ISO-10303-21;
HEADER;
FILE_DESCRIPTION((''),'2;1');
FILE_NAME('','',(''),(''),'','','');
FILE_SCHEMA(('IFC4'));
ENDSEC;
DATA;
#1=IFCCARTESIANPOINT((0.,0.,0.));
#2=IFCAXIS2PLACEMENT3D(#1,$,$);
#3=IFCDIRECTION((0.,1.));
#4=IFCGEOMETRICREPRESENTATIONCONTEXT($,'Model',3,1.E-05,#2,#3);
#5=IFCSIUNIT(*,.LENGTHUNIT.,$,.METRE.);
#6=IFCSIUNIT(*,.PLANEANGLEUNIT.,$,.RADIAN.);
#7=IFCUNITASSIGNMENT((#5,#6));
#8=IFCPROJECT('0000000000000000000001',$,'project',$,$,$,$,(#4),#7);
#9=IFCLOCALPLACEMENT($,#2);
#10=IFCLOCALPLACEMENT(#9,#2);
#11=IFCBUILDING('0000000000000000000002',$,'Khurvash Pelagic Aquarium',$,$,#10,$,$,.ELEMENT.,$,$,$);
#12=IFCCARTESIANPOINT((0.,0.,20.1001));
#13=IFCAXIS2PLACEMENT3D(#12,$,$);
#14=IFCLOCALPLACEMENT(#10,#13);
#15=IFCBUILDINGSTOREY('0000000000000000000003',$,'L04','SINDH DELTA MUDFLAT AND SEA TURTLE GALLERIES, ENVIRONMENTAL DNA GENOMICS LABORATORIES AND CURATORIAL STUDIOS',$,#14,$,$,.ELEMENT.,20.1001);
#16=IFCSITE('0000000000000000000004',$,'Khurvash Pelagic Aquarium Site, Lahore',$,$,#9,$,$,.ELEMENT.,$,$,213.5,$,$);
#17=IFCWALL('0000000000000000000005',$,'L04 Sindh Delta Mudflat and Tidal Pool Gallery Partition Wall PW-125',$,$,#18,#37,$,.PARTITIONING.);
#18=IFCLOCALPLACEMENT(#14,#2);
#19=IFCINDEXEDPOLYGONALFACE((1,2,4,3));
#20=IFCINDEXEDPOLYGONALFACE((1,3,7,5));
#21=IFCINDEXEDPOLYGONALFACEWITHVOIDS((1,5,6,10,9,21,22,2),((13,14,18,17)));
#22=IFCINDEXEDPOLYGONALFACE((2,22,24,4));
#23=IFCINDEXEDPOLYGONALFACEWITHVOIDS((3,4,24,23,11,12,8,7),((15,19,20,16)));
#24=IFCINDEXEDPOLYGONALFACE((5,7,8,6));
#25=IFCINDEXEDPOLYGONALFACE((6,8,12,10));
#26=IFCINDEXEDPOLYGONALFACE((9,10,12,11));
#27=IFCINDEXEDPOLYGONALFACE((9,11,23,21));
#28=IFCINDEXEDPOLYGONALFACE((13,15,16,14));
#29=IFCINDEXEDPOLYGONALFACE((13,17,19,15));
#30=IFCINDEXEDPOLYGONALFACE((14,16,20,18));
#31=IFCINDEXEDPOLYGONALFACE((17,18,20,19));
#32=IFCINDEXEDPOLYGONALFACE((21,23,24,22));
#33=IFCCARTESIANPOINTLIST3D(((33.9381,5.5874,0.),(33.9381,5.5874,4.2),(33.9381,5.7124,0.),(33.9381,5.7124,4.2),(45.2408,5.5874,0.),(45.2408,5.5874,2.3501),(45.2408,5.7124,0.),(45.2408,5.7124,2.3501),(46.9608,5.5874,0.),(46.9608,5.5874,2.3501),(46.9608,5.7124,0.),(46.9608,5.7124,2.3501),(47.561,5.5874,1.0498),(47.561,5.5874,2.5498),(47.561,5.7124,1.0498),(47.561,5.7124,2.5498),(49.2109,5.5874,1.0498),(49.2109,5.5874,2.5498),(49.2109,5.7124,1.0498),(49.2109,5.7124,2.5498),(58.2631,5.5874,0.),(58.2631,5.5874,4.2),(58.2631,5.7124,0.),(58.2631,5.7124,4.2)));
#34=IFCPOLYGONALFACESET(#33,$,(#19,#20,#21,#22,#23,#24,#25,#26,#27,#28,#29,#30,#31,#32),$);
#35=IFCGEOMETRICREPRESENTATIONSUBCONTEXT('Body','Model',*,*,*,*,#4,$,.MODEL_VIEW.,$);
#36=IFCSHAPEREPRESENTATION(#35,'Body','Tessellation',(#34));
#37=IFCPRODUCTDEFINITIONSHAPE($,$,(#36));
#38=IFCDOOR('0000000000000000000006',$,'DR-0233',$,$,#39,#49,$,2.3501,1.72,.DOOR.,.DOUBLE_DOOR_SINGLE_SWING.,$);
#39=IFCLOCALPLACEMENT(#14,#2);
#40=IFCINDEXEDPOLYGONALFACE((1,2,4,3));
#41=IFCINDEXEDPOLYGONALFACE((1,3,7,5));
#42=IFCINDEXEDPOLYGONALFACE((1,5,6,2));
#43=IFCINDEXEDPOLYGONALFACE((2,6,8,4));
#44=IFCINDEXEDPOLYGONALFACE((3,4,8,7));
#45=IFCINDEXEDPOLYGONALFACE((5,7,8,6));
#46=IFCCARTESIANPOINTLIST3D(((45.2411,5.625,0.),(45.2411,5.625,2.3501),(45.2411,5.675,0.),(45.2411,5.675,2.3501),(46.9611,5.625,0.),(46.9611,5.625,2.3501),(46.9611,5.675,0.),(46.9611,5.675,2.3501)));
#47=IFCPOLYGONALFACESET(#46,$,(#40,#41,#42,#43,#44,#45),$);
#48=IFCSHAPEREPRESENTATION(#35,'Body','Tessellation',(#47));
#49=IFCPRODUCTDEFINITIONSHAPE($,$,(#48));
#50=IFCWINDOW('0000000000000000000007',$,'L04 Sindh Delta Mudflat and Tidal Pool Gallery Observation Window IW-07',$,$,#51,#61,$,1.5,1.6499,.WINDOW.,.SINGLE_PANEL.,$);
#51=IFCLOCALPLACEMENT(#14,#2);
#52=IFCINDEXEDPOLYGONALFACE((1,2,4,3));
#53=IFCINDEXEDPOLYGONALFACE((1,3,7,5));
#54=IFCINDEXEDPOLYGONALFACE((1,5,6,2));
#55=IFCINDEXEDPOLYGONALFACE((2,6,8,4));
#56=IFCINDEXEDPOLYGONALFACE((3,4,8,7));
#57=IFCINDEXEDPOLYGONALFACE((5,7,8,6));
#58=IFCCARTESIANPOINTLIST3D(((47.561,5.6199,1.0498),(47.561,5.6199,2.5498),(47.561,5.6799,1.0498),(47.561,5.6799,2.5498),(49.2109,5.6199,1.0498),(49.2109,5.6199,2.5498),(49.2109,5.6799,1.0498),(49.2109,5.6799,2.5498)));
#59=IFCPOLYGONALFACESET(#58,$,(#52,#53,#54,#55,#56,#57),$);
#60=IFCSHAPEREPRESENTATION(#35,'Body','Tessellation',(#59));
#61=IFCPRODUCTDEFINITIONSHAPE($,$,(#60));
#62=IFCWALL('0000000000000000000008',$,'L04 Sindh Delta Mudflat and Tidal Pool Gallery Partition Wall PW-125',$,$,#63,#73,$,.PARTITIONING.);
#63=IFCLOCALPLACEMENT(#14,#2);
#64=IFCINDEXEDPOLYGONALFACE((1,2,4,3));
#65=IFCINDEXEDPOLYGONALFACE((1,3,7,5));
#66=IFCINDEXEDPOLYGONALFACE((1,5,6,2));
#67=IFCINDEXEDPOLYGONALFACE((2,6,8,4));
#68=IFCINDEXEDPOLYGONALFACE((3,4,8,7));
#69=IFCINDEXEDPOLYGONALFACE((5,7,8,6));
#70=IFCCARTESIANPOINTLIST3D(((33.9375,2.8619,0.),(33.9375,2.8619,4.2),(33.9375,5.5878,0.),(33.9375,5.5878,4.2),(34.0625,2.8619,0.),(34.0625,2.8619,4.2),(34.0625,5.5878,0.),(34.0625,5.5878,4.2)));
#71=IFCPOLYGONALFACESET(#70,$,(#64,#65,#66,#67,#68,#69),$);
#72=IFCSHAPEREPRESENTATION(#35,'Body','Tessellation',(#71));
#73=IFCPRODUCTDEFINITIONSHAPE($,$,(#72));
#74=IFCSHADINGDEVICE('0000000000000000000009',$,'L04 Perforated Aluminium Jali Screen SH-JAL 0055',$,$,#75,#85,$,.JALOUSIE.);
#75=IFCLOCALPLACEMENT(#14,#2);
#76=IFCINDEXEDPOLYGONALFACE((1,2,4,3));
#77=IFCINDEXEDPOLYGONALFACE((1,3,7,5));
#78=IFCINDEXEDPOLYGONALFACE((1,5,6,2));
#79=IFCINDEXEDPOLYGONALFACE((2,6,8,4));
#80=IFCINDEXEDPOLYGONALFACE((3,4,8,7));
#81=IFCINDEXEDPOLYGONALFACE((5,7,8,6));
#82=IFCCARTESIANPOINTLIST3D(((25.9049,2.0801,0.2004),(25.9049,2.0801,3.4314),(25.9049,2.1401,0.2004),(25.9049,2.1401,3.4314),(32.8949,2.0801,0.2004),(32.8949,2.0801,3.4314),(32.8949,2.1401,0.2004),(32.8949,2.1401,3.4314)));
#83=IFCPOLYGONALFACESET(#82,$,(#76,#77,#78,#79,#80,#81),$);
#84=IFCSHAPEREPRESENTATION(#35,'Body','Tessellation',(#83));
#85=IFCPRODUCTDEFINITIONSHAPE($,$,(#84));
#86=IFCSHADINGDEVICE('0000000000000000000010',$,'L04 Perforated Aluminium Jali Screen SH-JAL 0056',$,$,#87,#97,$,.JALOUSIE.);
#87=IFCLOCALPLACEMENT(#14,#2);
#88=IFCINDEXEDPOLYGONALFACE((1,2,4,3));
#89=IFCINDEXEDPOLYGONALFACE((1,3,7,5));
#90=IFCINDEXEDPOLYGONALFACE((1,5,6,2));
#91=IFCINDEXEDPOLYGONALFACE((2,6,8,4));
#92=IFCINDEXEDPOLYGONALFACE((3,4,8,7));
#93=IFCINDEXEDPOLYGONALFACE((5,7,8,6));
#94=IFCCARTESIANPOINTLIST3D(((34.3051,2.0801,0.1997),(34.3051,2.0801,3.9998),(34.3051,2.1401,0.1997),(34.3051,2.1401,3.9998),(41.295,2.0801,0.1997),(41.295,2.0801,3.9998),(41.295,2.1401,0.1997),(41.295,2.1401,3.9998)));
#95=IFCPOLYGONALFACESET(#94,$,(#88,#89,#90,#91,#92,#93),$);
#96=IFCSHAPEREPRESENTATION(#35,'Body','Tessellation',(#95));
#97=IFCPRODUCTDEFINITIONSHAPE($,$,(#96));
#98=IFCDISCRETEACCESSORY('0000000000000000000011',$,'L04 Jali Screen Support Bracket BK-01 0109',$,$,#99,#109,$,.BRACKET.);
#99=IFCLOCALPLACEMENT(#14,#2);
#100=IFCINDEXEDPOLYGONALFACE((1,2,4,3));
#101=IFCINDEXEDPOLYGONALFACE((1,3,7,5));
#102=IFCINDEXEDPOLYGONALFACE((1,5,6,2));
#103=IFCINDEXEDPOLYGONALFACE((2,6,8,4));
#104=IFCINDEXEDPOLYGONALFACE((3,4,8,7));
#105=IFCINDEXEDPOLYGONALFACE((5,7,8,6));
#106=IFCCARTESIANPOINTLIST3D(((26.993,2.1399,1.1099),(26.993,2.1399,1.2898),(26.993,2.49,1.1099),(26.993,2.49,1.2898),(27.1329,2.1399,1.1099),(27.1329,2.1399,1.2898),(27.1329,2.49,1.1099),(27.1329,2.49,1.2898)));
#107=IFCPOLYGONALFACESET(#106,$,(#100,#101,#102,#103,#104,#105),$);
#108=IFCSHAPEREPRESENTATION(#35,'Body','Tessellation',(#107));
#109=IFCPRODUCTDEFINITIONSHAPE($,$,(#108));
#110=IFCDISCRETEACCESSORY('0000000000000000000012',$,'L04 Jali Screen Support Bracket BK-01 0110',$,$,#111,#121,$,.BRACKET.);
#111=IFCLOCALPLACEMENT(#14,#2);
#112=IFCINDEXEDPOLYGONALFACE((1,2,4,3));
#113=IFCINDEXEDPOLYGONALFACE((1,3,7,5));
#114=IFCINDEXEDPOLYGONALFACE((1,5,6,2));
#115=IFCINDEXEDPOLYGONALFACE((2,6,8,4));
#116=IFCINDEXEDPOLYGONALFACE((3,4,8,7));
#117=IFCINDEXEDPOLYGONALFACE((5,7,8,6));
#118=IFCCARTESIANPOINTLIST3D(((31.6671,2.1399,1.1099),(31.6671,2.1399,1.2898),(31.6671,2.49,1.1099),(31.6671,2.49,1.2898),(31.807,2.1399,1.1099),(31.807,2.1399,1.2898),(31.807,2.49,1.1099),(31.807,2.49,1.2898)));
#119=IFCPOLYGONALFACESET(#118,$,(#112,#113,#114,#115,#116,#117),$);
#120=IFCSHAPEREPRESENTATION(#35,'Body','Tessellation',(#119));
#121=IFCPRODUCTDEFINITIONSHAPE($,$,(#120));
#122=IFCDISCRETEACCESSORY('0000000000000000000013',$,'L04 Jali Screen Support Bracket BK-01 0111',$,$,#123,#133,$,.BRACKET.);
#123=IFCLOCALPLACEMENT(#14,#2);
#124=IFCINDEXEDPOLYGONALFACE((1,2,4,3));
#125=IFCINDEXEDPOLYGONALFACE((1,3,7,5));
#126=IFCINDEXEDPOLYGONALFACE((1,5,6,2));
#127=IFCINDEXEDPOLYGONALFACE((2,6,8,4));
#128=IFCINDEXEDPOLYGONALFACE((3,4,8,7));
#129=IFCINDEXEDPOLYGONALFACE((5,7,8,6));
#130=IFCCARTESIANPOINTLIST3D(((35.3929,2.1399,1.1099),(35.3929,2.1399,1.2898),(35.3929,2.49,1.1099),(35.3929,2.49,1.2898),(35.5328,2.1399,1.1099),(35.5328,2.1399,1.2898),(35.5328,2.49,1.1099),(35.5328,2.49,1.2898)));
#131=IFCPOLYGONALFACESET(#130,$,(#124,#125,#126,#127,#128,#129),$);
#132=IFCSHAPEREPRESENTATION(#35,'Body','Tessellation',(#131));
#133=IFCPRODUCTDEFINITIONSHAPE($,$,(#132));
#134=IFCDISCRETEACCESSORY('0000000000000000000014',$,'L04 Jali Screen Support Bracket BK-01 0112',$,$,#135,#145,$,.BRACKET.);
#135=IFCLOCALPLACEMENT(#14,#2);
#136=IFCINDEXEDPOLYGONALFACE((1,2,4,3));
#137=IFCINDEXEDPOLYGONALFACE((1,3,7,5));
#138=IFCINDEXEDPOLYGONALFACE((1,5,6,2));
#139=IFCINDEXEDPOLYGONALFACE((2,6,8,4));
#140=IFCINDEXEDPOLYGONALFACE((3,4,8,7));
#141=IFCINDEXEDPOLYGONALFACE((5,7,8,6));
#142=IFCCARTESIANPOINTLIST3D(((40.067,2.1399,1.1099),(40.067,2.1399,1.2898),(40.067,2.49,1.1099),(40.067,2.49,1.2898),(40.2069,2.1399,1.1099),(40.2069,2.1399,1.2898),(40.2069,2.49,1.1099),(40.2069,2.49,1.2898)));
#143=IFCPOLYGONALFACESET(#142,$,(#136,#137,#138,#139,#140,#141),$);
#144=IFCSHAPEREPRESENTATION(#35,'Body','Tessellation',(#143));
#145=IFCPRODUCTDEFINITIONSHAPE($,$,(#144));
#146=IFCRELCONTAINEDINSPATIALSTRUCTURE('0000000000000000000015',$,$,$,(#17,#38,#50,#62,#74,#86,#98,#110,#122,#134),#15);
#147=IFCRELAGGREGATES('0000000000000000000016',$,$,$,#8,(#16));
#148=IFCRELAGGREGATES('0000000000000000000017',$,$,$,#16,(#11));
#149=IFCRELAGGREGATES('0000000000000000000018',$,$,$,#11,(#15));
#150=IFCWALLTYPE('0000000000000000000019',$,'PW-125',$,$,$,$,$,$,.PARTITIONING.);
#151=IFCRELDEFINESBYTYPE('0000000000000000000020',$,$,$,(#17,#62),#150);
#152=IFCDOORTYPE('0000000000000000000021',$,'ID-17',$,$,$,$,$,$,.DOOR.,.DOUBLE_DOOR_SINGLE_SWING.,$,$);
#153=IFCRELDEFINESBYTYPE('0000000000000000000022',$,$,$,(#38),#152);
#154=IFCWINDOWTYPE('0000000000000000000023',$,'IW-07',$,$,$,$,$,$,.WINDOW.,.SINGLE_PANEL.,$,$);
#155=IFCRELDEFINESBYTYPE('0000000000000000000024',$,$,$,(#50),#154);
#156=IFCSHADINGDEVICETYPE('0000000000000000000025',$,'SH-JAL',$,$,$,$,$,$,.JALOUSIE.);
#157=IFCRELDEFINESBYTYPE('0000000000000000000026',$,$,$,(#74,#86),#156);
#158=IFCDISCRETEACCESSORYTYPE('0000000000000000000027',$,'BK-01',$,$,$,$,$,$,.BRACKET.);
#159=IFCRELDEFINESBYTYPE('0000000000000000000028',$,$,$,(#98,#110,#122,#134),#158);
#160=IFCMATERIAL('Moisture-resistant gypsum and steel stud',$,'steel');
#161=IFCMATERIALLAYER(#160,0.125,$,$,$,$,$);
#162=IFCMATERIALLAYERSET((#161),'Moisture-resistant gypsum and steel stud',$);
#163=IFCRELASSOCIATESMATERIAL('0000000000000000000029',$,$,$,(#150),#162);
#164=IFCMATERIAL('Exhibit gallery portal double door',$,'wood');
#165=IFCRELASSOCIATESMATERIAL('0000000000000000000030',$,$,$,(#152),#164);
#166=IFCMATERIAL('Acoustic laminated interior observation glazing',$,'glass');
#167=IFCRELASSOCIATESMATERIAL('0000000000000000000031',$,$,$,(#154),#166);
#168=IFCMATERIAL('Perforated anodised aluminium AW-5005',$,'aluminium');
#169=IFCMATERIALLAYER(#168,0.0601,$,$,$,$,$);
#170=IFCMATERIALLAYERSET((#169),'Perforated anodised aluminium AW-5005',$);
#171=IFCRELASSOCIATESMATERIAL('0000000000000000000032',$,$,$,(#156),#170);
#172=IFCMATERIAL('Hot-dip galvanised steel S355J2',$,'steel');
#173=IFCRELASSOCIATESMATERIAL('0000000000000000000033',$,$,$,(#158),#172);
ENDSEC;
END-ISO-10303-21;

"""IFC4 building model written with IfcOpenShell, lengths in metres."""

from ifc_helpers import new_model, si_unit, direction, frame, frame_2d, origin, origin_2d, place, context, subcontext, project, spatial, rectangle, extrude, material, layer, layer_set, type_object, element, fill, save


model = new_model("IFC4")

# Units and contexts
model_context = context("Model", 3, precision=1e-05, world=origin(), true_north=direction((0.0, 1.0)))
body_context = subcontext(model_context, "Body", "Model", "MODEL_VIEW")
ifc_project = project(units=[si_unit("LENGTHUNIT", "METRE"), si_unit("PLANEANGLEUNIT", "RADIAN")], contexts=[model_context])

# Site, building, storey
site_placement = place(None, origin())
site = spatial("IfcSite", under=ifc_project, at=site_placement, Name="Khurvash Pelagic Aquarium Site, Lahore", CompositionType="ELEMENT", RefElevation=213.5)
building_placement = place(site_placement, origin())
building = spatial("IfcBuilding", under=site, at=building_placement, Name="Khurvash Pelagic Aquarium", CompositionType="ELEMENT")
storey_placement = place(building_placement, frame((0.0, 0.0, 20.1001)))
storey = spatial("IfcBuildingStorey", under=building, at=storey_placement, Name="L04", Description="SINDH DELTA MUDFLAT AND SEA TURTLE GALLERIES, ENVIRONMENTAL DNA GENOMICS LABORATORIES AND CURATORIAL STUDIOS", CompositionType="ELEMENT", Elevation=20.1001)

# Wall, openings, door, window
ifc_material_1 = material(Name="Moisture-resistant gypsum and steel stud", Category="steel")
ifc_layer_1 = layer(ifc_material_1, 0.125)
ifc_layer_set_1 = layer_set([ifc_layer_1], Name="Moisture-resistant gypsum and steel stud")
wall_type_1 = type_object("IfcWallType", Name="PW-125", PredefinedType="PARTITIONING", material=ifc_layer_set_1)
wall_1_placement = place(storey_placement, frame((33.938, 5.6499, 0.0), z_axis=(0.0, 0.0, 1.0), x_axis=(1.0, 0.0, 0.0)))
wall_1 = element("IfcWall", 1, at=wall_1_placement, inside=storey, type_object=wall_type_1, Name="L04 Sindh Delta Mudflat and Tidal Pool Gallery Partition Wall PW-125", PredefinedType="PARTITIONING", context=body_context, shape_type="SweptSolid", body=[
    extrude(rectangle(XDim=24.325, YDim=0.125, at=frame_2d((12.1626, 0.0))), origin(), (0.0, 0.0, 1.0), 4.2),
])
opening_1_placement = place(wall_1_placement, frame((11.303, 0.0, 0.0)))
opening_1 = element("IfcOpeningElement", 2, at=opening_1_placement, cuts=wall_1, PredefinedType="OPENING", context=body_context, shape_type="SweptSolid", body=[
    extrude(rectangle(XDim=1.72, YDim=2.3501, at=frame_2d((0.8599, 1.175))), frame((0.0, 0.0725, 0.0), z_axis=(0.0, -1.0, 0.0), x_axis=(1.0, 0.0, 0.0)), (0.0, 0.0, 1.0), 0.145),
])
opening_2_placement = place(wall_1_placement, frame((13.623, 0.0, 1.0498)))
opening_2 = element("IfcOpeningElement", 3, at=opening_2_placement, cuts=wall_1, PredefinedType="OPENING", context=body_context, shape_type="SweptSolid", body=[
    extrude(rectangle(XDim=1.6499, YDim=1.5, at=frame_2d((0.825, 0.75))), frame((0.0, 0.0725, 0.0), z_axis=(0.0, -1.0, 0.0), x_axis=(1.0, 0.0, 0.0)), (0.0, 0.0, 1.0), 0.145),
])
ifc_material_2 = material(Name="Exhibit gallery portal double door", Category="wood")
door_type = type_object("IfcDoorType", Name="ID-17", OperationType="DOUBLE_DOOR_SINGLE_SWING", PredefinedType="DOOR", material=ifc_material_2)
door_placement = place(opening_1_placement, frame((1.72, 0.0, 0.0), z_axis=(0.0, 0.0, 1.0), x_axis=(-1.0, 0.0, 0.0)))
door = element("IfcDoor", 4, at=door_placement, inside=storey, type_object=door_type, Name="DR-0233", OperationType="DOUBLE_DOOR_SINGLE_SWING", OverallHeight=2.3501, OverallWidth=1.72, PredefinedType="DOOR", context=body_context, shape_type="SweptSolid", body=[
    extrude(rectangle(XDim=1.72, YDim=2.3501, at=frame_2d((0.8599, 1.175))), frame((0.0, 0.0249, 0.0), z_axis=(0.0, -1.0, 0.0), x_axis=(1.0, 0.0, 0.0)), (0.0, 0.0, 1.0), 0.05),
])
fill(opening_1, door)
ifc_material_3 = material(Name="Acoustic laminated interior observation glazing", Category="glass")
window_type_1 = type_object("IfcWindowType", Name="IW-07", PartitioningType="SINGLE_PANEL", PredefinedType="WINDOW", material=ifc_material_3)
window_1_placement = place(opening_2_placement, origin())
window_1 = element("IfcWindow", 5, at=window_1_placement, inside=storey, type_object=window_type_1, Name="L04 Sindh Delta Mudflat and Tidal Pool Gallery Observation Window IW-07", OverallHeight=1.5, OverallWidth=1.6499, PartitioningType="SINGLE_PANEL", PredefinedType="WINDOW", context=body_context, shape_type="SweptSolid", body=[
    extrude(rectangle(XDim=1.6499, YDim=1.5, at=frame_2d((0.825, 0.75))), frame((0.0, 0.03, 0.0), z_axis=(0.0, -1.0, 0.0), x_axis=(1.0, 0.0, 0.0)), (0.0, 0.0, 1.0), 0.0601),
])
fill(opening_2, window_1)

# Wall
wall_2_placement = place(storey_placement, frame((34.0, 2.8621, 0.0), z_axis=(0.0, 0.0, 1.0), x_axis=(0.0, 1.0, 0.0)))
element("IfcWall", 6, at=wall_2_placement, inside=storey, type_object=wall_type_1, Name="L04 Sindh Delta Mudflat and Tidal Pool Gallery Partition Wall PW-125", PredefinedType="PARTITIONING", context=body_context, shape_type="SweptSolid", body=[
    extrude(rectangle(XDim=2.7258, YDim=0.125, at=frame_2d((1.3628, 0.0))), origin(), (0.0, 0.0, 1.0), 4.2),
])

# Shading devices
ifc_material_4 = material(Name="Perforated anodised aluminium AW-5005", Category="aluminium")
ifc_layer_2 = layer(ifc_material_4, 0.0601)
ifc_layer_set_2 = layer_set([ifc_layer_2], Name="Perforated anodised aluminium AW-5005")
shading_device_type = type_object("IfcShadingDeviceType", Name="SH-JAL", PredefinedType="JALOUSIE", material=ifc_layer_set_2)
shading_device_1_placement = place(storey_placement, frame((29.3999, 2.1101, 0.2004), z_axis=(0.0, 0.0, 1.0), x_axis=(1.0, 0.0, 0.0)))
element("IfcShadingDevice", 7, at=shading_device_1_placement, inside=storey, type_object=shading_device_type, Name="L04 Perforated Aluminium Jali Screen SH-JAL 0055", PredefinedType="JALOUSIE", context=body_context, shape_type="SweptSolid", body=[
    extrude(rectangle(XDim=6.99, YDim=0.0601, at=origin_2d()), origin(), (0.0, 0.0, 1.0), 3.231),
])
shading_device_2_placement = place(storey_placement, frame((37.8, 2.1101, 0.1997), z_axis=(0.0, 0.0, 1.0), x_axis=(1.0, 0.0, 0.0)))
element("IfcShadingDevice", 8, at=shading_device_2_placement, inside=storey, type_object=shading_device_type, Name="L04 Perforated Aluminium Jali Screen SH-JAL 0056", PredefinedType="JALOUSIE", context=body_context, shape_type="SweptSolid", body=[
    extrude(rectangle(XDim=6.99, YDim=0.0601, at=origin_2d()), origin(), (0.0, 0.0, 1.0), 3.8),
])

# Discrete accessories
ifc_material_5 = material(Name="Hot-dip galvanised steel S355J2", Category="steel")
discrete_accessory_type = type_object("IfcDiscreteAccessoryType", Name="BK-01", PredefinedType="BRACKET", material=ifc_material_5)
for number, where, z_axis, x_axis, name in (
    (9, (27.063, 2.3149, 1.1099), (0.0, 0.0, 1.0), (1.0, 0.0, 0.0), "L04 Jali Screen Support Bracket BK-01 0109"),
    (10, (31.7371, 2.3149, 1.1099), (0.0, 0.0, 1.0), (1.0, 0.0, 0.0), "L04 Jali Screen Support Bracket BK-01 0110"),
    (11, (35.4629, 2.3149, 1.1099), (0.0, 0.0, 1.0), (1.0, 0.0, 0.0), "L04 Jali Screen Support Bracket BK-01 0111"),
    (12, (40.137, 2.3149, 1.1099), (0.0, 0.0, 1.0), (1.0, 0.0, 0.0), "L04 Jali Screen Support Bracket BK-01 0112"),
):
    element("IfcDiscreteAccessory", number, at=place(storey_placement, frame(where, z_axis=z_axis, x_axis=x_axis)), inside=storey, type_object=discrete_accessory_type, Name=name, PredefinedType="BRACKET", context=body_context, shape_type="SweptSolid", body=[
        extrude(rectangle(XDim=0.1399, YDim=0.3501, at=origin_2d()), origin(), (0.0, 0.0, 1.0), 0.1799),
    ])

save(model, "model.ifc")
